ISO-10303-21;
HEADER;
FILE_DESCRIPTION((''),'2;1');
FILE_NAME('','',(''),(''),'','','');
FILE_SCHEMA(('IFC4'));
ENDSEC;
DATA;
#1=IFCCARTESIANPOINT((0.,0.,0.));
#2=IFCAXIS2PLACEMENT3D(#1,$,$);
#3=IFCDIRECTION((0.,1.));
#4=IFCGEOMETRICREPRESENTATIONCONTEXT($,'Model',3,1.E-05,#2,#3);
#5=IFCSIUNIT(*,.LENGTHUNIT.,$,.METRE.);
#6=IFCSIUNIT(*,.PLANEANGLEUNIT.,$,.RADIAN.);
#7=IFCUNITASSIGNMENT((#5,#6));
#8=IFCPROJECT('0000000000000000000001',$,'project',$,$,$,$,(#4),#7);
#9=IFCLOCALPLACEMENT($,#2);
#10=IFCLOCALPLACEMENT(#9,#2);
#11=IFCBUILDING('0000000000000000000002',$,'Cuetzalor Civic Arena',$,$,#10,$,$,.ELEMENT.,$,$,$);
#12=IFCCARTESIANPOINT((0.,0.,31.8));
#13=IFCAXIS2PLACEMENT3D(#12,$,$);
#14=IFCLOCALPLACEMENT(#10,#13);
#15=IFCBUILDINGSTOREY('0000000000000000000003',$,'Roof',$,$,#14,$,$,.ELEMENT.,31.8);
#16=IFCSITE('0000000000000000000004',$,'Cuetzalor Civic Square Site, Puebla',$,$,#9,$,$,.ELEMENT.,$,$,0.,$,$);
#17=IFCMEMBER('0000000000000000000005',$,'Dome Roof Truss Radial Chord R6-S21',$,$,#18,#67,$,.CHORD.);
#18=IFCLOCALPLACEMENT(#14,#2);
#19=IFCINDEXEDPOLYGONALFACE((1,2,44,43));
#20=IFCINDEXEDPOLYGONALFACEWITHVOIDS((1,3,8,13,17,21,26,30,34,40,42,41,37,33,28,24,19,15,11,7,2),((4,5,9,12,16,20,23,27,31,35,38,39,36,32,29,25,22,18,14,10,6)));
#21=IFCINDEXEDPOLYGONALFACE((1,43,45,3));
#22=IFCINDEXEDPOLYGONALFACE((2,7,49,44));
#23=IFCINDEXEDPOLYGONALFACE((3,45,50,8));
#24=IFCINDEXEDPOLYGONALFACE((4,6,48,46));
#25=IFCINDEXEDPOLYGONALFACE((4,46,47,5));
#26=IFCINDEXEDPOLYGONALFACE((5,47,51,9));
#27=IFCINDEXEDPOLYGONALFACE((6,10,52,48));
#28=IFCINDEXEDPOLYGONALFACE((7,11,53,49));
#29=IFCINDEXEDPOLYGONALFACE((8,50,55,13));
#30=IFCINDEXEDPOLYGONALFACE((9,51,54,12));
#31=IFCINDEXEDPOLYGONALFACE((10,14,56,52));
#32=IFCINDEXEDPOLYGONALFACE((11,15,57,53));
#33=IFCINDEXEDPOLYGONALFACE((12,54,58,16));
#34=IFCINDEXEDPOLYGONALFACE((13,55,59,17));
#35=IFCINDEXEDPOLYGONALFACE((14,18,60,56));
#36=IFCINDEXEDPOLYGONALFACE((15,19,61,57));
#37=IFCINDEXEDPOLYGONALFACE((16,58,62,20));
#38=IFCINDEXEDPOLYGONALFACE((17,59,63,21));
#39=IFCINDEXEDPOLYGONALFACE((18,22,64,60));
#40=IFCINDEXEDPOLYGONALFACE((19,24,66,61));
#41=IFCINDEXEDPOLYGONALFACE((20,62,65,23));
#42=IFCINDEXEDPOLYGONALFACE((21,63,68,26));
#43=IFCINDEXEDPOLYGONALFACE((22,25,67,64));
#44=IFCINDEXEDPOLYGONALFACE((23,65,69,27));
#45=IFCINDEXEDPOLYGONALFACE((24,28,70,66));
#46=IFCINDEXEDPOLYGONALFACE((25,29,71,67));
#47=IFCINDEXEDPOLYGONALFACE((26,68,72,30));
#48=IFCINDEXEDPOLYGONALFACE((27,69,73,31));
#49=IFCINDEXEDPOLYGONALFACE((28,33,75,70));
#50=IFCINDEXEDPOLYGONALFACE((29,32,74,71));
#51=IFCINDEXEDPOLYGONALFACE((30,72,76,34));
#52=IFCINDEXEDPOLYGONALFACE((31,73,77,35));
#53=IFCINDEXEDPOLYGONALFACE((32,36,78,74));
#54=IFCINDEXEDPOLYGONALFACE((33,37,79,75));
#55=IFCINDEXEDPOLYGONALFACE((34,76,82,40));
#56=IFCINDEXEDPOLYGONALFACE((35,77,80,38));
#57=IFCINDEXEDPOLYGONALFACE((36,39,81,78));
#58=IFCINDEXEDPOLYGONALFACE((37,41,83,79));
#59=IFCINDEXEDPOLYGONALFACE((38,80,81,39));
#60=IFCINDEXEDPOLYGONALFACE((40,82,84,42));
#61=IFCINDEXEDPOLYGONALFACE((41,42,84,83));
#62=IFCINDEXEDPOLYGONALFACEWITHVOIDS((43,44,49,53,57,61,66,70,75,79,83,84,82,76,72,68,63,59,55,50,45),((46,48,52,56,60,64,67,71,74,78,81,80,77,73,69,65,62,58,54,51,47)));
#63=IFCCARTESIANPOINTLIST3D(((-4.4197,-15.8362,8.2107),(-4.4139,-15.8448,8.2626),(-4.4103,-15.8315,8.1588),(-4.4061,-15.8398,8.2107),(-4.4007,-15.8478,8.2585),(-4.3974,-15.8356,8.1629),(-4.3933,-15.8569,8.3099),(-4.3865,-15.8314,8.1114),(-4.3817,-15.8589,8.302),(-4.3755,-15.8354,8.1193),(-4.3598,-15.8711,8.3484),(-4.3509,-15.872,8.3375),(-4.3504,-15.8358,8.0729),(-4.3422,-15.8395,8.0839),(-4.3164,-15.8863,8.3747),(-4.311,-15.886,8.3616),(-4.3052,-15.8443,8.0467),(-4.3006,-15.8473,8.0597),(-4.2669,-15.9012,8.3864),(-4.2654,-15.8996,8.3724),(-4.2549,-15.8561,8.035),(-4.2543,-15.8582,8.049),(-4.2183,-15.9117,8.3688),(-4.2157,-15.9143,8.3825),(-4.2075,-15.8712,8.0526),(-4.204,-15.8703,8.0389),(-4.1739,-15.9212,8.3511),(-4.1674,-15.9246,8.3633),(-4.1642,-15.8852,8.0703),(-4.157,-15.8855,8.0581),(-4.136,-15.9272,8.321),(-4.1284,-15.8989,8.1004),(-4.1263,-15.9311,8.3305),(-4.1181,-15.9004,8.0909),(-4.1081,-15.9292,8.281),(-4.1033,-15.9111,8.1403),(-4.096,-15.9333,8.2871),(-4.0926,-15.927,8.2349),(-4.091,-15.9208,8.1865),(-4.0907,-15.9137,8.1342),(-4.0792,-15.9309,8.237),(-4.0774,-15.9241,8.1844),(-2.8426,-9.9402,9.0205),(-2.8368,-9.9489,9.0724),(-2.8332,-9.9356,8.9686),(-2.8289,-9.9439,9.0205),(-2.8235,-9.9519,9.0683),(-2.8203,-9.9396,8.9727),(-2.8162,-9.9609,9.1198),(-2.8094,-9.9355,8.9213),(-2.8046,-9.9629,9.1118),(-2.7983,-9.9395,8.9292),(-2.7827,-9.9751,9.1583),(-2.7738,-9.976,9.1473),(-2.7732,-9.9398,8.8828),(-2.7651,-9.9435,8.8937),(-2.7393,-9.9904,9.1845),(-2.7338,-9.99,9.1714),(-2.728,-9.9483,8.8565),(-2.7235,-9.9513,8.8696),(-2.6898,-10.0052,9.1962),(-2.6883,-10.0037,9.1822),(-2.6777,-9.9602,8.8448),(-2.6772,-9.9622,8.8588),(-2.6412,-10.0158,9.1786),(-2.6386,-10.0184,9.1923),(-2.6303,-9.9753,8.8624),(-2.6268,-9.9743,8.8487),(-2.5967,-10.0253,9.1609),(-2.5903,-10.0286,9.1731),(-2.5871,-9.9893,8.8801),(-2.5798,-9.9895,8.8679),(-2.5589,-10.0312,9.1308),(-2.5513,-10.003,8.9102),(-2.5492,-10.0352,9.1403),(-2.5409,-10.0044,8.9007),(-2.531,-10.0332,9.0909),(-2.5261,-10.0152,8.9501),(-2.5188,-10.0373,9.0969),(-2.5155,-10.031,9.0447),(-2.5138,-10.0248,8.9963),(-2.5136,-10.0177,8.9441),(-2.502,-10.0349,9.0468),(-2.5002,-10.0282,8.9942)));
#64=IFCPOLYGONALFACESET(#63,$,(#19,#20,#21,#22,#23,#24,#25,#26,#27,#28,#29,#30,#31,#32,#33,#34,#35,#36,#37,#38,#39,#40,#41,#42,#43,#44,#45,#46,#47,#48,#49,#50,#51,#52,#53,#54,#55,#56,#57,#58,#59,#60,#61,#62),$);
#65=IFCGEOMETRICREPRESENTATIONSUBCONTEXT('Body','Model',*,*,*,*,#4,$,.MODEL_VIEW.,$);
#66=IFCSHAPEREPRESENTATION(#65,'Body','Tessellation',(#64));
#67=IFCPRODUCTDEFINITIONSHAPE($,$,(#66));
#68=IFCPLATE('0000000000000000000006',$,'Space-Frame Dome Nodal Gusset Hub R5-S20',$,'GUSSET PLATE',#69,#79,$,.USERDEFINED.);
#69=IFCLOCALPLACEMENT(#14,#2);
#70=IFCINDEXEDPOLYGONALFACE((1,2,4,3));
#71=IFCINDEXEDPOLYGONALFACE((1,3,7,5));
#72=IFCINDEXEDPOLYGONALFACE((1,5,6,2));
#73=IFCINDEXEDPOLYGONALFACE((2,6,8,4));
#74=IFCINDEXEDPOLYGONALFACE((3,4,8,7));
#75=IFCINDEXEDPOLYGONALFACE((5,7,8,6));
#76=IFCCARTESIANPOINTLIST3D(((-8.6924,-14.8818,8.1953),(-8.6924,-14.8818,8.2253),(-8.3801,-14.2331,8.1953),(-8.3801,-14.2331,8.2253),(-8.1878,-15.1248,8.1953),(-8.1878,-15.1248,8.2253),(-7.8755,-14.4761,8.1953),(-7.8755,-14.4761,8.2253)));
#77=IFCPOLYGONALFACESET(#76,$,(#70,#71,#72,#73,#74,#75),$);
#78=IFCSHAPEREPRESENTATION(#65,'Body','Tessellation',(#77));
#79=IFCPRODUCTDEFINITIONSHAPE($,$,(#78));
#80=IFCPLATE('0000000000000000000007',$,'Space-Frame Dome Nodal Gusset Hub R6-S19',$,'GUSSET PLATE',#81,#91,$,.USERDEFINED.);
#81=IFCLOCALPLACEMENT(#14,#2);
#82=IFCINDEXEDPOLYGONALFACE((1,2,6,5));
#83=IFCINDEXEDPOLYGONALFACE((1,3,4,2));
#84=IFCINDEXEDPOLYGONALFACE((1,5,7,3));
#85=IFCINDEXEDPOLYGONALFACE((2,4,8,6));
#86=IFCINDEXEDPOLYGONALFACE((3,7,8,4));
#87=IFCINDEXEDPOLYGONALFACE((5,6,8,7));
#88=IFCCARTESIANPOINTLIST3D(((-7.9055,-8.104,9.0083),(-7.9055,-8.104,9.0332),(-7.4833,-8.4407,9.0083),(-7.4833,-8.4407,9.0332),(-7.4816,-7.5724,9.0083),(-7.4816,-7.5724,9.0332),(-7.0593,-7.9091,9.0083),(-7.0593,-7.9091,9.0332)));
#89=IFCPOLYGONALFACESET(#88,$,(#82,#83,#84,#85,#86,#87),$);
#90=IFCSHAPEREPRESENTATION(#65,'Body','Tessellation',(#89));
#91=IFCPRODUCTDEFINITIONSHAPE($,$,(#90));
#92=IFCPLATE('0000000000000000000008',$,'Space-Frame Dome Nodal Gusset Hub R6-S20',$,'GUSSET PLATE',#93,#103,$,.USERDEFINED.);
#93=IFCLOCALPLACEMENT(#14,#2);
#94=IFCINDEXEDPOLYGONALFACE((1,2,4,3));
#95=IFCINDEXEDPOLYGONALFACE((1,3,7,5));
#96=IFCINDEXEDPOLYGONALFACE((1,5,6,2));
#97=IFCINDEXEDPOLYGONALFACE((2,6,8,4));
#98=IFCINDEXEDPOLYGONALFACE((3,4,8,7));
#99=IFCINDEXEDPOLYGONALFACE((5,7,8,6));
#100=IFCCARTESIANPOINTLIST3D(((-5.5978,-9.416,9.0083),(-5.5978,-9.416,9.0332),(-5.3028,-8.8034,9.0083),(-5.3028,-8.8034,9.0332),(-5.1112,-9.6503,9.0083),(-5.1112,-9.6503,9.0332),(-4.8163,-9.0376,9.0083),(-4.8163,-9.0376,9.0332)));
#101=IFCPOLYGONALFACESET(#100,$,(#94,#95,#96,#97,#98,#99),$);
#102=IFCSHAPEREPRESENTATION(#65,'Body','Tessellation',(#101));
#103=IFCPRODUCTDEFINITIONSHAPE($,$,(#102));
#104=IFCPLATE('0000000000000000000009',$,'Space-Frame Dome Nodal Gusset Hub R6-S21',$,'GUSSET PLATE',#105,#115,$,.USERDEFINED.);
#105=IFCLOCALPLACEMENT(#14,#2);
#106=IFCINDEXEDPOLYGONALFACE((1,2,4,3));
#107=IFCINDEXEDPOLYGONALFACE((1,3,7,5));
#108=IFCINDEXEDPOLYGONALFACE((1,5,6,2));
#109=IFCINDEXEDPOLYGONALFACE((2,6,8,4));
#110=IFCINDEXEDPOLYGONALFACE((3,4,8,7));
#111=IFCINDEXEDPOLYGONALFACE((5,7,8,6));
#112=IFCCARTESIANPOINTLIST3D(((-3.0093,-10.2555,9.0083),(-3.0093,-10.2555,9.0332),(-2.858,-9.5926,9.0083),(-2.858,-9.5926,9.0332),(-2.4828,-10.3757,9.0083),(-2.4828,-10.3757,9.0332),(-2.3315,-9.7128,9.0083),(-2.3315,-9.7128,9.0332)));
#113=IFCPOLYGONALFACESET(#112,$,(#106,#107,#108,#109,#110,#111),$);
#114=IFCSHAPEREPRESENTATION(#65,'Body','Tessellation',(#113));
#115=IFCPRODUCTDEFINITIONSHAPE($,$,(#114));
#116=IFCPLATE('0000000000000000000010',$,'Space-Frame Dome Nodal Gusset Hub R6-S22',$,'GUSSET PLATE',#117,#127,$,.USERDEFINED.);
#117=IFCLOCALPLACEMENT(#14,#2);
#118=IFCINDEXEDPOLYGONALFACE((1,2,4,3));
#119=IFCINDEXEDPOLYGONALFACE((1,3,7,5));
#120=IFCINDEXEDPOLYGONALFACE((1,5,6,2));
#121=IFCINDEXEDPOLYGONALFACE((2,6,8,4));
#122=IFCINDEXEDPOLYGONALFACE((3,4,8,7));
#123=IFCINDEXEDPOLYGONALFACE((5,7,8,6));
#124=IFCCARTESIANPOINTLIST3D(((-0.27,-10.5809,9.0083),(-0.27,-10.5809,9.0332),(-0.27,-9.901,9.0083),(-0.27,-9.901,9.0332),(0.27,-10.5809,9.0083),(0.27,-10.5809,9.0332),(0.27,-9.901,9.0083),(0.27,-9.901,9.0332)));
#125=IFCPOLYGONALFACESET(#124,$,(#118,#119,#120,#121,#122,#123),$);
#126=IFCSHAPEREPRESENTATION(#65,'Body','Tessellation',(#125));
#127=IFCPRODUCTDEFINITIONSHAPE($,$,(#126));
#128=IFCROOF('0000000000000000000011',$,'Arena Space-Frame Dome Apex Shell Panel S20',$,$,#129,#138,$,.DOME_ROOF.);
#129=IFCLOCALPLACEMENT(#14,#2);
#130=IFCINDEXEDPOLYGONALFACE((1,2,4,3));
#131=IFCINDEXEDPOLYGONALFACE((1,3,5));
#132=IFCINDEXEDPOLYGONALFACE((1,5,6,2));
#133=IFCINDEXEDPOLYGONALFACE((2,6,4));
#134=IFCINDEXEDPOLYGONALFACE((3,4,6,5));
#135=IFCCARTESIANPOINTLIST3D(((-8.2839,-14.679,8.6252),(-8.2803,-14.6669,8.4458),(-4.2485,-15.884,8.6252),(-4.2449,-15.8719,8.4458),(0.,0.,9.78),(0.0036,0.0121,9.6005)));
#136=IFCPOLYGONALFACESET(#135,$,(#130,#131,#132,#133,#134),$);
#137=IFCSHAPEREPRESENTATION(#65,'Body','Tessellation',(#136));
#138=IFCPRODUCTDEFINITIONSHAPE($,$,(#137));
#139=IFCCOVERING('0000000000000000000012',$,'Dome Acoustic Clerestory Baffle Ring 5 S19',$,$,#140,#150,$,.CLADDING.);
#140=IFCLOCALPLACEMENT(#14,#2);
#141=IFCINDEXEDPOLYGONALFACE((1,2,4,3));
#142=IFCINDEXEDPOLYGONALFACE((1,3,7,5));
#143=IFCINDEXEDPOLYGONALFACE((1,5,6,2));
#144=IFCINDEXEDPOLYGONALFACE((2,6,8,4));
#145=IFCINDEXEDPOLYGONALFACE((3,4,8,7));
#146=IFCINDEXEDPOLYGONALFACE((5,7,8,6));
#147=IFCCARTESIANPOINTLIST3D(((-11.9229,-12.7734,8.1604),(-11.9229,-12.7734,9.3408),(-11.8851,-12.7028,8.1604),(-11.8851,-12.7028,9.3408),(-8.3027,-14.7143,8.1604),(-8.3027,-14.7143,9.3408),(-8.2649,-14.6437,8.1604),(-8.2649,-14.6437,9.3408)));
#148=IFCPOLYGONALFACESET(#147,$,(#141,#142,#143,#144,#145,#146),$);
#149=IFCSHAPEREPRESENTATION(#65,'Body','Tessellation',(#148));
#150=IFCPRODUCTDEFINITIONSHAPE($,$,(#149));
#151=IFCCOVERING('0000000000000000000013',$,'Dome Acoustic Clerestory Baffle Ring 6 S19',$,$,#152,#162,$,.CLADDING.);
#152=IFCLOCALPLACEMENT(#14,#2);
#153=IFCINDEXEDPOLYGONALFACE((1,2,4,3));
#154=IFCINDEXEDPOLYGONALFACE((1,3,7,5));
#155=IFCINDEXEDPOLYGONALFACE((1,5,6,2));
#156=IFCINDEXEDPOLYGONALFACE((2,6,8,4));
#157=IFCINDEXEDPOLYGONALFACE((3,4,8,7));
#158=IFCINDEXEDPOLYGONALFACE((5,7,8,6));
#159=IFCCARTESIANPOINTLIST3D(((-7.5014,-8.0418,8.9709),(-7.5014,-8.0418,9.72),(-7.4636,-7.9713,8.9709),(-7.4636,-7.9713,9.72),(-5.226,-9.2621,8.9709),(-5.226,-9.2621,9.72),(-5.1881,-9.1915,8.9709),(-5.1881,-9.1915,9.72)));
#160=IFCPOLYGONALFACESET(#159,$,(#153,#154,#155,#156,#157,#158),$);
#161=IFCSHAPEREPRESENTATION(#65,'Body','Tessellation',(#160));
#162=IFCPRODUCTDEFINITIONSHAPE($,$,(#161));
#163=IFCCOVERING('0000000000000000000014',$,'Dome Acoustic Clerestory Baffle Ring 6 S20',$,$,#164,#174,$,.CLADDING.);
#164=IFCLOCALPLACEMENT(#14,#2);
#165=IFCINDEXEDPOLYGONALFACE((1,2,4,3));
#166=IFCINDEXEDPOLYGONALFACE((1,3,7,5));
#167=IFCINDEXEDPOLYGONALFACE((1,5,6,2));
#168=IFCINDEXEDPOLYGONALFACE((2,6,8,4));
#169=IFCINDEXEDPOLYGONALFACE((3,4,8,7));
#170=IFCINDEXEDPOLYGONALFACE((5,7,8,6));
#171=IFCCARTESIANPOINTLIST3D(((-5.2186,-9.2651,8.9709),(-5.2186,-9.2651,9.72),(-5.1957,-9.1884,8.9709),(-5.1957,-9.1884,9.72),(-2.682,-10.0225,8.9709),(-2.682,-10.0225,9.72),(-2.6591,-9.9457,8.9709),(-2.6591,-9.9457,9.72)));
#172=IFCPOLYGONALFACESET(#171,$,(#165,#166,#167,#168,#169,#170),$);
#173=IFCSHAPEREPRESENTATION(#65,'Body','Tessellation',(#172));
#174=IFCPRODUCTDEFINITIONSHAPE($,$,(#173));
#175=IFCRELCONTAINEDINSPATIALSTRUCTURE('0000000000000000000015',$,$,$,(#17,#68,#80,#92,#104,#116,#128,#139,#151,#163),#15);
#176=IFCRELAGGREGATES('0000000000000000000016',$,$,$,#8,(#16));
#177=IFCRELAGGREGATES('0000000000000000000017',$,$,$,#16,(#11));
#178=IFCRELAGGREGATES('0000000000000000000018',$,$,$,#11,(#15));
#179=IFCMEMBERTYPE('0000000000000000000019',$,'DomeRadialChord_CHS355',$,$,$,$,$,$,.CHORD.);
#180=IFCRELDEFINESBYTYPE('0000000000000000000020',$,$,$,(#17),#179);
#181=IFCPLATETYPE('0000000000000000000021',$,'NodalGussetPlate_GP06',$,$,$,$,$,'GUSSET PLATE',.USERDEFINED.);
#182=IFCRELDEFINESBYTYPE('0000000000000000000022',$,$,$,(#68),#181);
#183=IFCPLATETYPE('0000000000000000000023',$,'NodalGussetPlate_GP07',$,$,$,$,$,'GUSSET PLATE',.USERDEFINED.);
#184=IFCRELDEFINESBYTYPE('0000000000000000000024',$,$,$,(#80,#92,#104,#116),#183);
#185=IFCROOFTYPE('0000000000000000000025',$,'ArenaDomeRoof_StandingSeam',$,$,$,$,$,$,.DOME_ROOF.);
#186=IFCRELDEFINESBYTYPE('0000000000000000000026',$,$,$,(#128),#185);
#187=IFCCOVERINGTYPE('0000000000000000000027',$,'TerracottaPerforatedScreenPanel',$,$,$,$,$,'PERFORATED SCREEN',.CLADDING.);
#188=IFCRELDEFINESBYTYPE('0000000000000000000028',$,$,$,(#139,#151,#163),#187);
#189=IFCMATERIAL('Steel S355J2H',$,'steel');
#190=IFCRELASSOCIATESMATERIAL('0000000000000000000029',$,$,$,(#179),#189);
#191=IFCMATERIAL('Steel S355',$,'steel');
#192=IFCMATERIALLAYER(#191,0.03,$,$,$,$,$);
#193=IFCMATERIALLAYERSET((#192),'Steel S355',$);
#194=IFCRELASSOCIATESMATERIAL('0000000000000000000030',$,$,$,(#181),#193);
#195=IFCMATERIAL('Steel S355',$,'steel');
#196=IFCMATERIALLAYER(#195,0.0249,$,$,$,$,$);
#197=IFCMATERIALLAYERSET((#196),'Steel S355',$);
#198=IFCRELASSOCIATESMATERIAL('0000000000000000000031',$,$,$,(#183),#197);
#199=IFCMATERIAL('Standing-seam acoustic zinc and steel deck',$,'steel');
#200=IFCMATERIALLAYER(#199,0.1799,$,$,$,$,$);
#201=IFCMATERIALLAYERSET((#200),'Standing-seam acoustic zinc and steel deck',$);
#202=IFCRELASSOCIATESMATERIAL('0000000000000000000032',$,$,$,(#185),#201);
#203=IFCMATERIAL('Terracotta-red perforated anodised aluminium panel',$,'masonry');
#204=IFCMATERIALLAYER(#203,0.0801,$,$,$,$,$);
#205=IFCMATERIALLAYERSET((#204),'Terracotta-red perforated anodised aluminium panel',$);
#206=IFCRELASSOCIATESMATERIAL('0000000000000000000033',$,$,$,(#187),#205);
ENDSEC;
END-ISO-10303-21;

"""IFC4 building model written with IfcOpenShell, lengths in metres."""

from ifc_helpers import new_model, si_unit, direction, frame, frame_2d, origin, origin_2d, place, context, subcontext, project, spatial, polyline, rectangle, hollow_circle, outline, extrude, material, layer, layer_set, material_profile, profile_set, type_object, element, save


model = new_model("IFC4")

# Units and contexts
model_context = context("Model", 3, precision=1e-05, world=origin(), true_north=direction((0.0, 1.0)))
body_context = subcontext(model_context, "Body", "Model", "MODEL_VIEW")
ifc_project = project(units=[si_unit("LENGTHUNIT", "METRE"), si_unit("PLANEANGLEUNIT", "RADIAN")], contexts=[model_context])

# Site, building, storey
site_placement = place(None, origin())
site = spatial("IfcSite", under=ifc_project, at=site_placement, Name="Cuetzalor Civic Square Site, Puebla", CompositionType="ELEMENT", RefElevation=0.0)
building_placement = place(site_placement, origin())
building = spatial("IfcBuilding", under=site, at=building_placement, Name="Cuetzalor Civic Arena", CompositionType="ELEMENT")
storey_placement = place(building_placement, frame((0.0, 0.0, 31.8)))
storey = spatial("IfcBuildingStorey", under=building, at=storey_placement, Name="Roof", CompositionType="ELEMENT", Elevation=31.8)

# Member
ifc_material_1 = material(Name="Steel S355J2H", Category="steel")
ifc_material_profile_1 = material_profile(ifc_material_1, hollow_circle(Radius=0.1777, WallThickness=0.0142, at=origin_2d()), Name="CHS 355.6x14.2")
ifc_profile_set_1 = profile_set([ifc_material_profile_1], Name="Steel S355J2H")
member_type_1 = type_object("IfcMemberType", Name="DomeRadialChord_CHS355", PredefinedType="CHORD", material=ifc_profile_set_1)
member_1_placement = place(storey_placement, frame((-4.248, -15.8821, 8.2107), z_axis=(0.256164, 0.957642, 0.131532), x_axis=(-0.966035, 0.258409, 0.0)))
element("IfcMember", 1, at=member_1_placement, inside=storey, type_object=member_type_1, Name="Dome Roof Truss Radial Chord R6-S21", PredefinedType="CHORD", context=body_context, shape_type="SweptSolid", body=[
    extrude(hollow_circle(Radius=0.1777, WallThickness=0.0142, at=origin_2d()), origin(), (0.0, 0.0, 1.0), 6.1567),
])

# Plates
ifc_material_2 = material(Name="Steel S355", Category="steel")
ifc_layer_1 = layer(ifc_material_2, 0.03)
ifc_layer_set_1 = layer_set([ifc_layer_1], Name="Steel S355")
plate_type_1 = type_object("IfcPlateType", Name="NodalGussetPlate_GP06", ElementType="GUSSET PLATE", PredefinedType="USERDEFINED", material=ifc_layer_set_1)
plate_placement = place(storey_placement, frame((-8.2839, -14.679, 8.1953), z_axis=(0.0, 0.0, 1.0), x_axis=(-0.433816, -0.901001, 0.0)))
element("IfcPlate", 2, at=plate_placement, inside=storey, type_object=plate_type_1, Name="Space-Frame Dome Nodal Gusset Hub R5-S20", ObjectType="GUSSET PLATE", PredefinedType="USERDEFINED", context=body_context, shape_type="SweptSolid", body=[
    extrude(rectangle(XDim=0.72, YDim=0.5601, at=origin_2d()), origin(), (0.0, 0.0, 1.0), 0.03),
])
ifc_material_3 = material(Name="Steel S355", Category="steel")
ifc_layer_2 = layer(ifc_material_3, 0.0249)
ifc_layer_set_2 = layer_set([ifc_layer_2], Name="Steel S355")
plate_type_2 = type_object("IfcPlateType", Name="NodalGussetPlate_GP07", ElementType="GUSSET PLATE", PredefinedType="USERDEFINED", material=ifc_layer_set_2)
for number, where, z_axis, x_axis, name in (
    (3, (-7.4824, -8.0066, 9.0083), (0.0, 0.0, 1.0), (-0.62347, -0.781847, 0.0), "Space-Frame Dome Nodal Gusset Hub R6-S19"),
    (4, (-5.207, -9.2268, 9.0083), (0.0, 0.0, 1.0), (-0.433816, -0.901001, 0.0), "Space-Frame Dome Nodal Gusset Hub R6-S20"),
    (5, (-2.6704, -9.9841, 9.0083), (0.0, 0.0, 1.0), (-0.22257, -0.974917, 0.0), "Space-Frame Dome Nodal Gusset Hub R6-S21"),
    (6, (0.0, -10.241, 9.0083), (0.0, 0.0, 1.0), (0.0, -1.0, 0.0), "Space-Frame Dome Nodal Gusset Hub R6-S22"),
):
    element("IfcPlate", number, at=place(storey_placement, frame(where, z_axis=z_axis, x_axis=x_axis)), inside=storey, type_object=plate_type_2, Name=name, ObjectType="GUSSET PLATE", PredefinedType="USERDEFINED", context=body_context, shape_type="SweptSolid", body=[
        extrude(rectangle(XDim=0.6799, YDim=0.54, at=origin_2d()), origin(), (0.0, 0.0, 1.0), 0.0249),
    ])

# Roof
ifc_material_4 = material(Name="Standing-seam acoustic zinc and steel deck", Category="steel")
ifc_layer_3 = layer(ifc_material_4, 0.1799)
ifc_layer_set_3 = layer_set([ifc_layer_3], Name="Standing-seam acoustic zinc and steel deck")
roof_type = type_object("IfcRoofType", Name="ArenaDomeRoof_StandingSeam", PredefinedType="DOME_ROOF", material=ifc_layer_set_3)
roof_placement = place(storey_placement, frame((-8.2839, -14.679, 8.6252), z_axis=(-0.020055, -0.067158, 0.997541), x_axis=(0.958188, -0.28614, 0.0)))
element("IfcRoof", 7, at=roof_placement, inside=storey, type_object=roof_type, Name="Arena Space-Frame Dome Apex Shell Panel S20", PredefinedType="DOME_ROOF", context=body_context, shape_type="SweptSolid", body=[
    extrude(outline(polyline([(0.0, 0.0), (4.2115, 0.0), (3.7373, 16.4761), (0.0, 0.0)])), origin(), (0.0, 0.0, -1.0), 0.1799),
])

# Coverings
ifc_material_5 = material(Name="Terracotta-red perforated anodised aluminium panel", Category="masonry")
ifc_layer_4 = layer(ifc_material_5, 0.0801)
ifc_layer_set_4 = layer_set([ifc_layer_4], Name="Terracotta-red perforated anodised aluminium panel")
covering_type = type_object("IfcCoveringType", Name="TerracottaPerforatedScreenPanel", ElementType="PERFORATED SCREEN", PredefinedType="CLADDING", material=ifc_layer_set_4)
covering_1_placement = place(storey_placement, frame((-8.2839, -14.679, 8.1604), z_axis=(0.0, 0.0, 1.0), x_axis=(-0.881321, 0.472518, 0.0)))
element("IfcCovering", 8, at=covering_1_placement, inside=storey, type_object=covering_type, Name="Dome Acoustic Clerestory Baffle Ring 5 S19", PredefinedType="CLADDING", context=body_context, shape_type="SweptSolid", body=[
    extrude(rectangle(XDim=4.1077, YDim=0.0801, at=frame_2d((2.0537, 0.0))), origin(), (0.0, 0.0, 1.0), 1.1804),
])
covering_2_placement = place(storey_placement, frame((-5.207, -9.2268, 8.9709), z_axis=(0.0, 0.0, 1.0), x_axis=(-0.881277, 0.472599, 0.0)))
element("IfcCovering", 9, at=covering_2_placement, inside=storey, type_object=covering_type, Name="Dome Acoustic Clerestory Baffle Ring 6 S19", PredefinedType="CLADDING", context=body_context, shape_type="SweptSolid", body=[
    extrude(rectangle(XDim=2.582, YDim=0.0801, at=frame_2d((1.291, 0.0))), origin(), (0.0, 0.0, 1.0), 0.749),
])
covering_3_placement = place(storey_placement, frame((-2.6704, -9.9841, 8.9709), z_axis=(0.0, 0.0, 1.0), x_axis=(-0.958206, 0.286078, 0.0)))
element("IfcCovering", 10, at=covering_3_placement, inside=storey, type_object=covering_type, Name="Dome Acoustic Clerestory Baffle Ring 6 S20", PredefinedType="CLADDING", context=body_context, shape_type="SweptSolid", body=[
    extrude(rectangle(XDim=2.6472, YDim=0.0801, at=frame_2d((1.3237, 0.0))), origin(), (0.0, 0.0, 1.0), 0.749),
])

save(model, "model.ifc")
